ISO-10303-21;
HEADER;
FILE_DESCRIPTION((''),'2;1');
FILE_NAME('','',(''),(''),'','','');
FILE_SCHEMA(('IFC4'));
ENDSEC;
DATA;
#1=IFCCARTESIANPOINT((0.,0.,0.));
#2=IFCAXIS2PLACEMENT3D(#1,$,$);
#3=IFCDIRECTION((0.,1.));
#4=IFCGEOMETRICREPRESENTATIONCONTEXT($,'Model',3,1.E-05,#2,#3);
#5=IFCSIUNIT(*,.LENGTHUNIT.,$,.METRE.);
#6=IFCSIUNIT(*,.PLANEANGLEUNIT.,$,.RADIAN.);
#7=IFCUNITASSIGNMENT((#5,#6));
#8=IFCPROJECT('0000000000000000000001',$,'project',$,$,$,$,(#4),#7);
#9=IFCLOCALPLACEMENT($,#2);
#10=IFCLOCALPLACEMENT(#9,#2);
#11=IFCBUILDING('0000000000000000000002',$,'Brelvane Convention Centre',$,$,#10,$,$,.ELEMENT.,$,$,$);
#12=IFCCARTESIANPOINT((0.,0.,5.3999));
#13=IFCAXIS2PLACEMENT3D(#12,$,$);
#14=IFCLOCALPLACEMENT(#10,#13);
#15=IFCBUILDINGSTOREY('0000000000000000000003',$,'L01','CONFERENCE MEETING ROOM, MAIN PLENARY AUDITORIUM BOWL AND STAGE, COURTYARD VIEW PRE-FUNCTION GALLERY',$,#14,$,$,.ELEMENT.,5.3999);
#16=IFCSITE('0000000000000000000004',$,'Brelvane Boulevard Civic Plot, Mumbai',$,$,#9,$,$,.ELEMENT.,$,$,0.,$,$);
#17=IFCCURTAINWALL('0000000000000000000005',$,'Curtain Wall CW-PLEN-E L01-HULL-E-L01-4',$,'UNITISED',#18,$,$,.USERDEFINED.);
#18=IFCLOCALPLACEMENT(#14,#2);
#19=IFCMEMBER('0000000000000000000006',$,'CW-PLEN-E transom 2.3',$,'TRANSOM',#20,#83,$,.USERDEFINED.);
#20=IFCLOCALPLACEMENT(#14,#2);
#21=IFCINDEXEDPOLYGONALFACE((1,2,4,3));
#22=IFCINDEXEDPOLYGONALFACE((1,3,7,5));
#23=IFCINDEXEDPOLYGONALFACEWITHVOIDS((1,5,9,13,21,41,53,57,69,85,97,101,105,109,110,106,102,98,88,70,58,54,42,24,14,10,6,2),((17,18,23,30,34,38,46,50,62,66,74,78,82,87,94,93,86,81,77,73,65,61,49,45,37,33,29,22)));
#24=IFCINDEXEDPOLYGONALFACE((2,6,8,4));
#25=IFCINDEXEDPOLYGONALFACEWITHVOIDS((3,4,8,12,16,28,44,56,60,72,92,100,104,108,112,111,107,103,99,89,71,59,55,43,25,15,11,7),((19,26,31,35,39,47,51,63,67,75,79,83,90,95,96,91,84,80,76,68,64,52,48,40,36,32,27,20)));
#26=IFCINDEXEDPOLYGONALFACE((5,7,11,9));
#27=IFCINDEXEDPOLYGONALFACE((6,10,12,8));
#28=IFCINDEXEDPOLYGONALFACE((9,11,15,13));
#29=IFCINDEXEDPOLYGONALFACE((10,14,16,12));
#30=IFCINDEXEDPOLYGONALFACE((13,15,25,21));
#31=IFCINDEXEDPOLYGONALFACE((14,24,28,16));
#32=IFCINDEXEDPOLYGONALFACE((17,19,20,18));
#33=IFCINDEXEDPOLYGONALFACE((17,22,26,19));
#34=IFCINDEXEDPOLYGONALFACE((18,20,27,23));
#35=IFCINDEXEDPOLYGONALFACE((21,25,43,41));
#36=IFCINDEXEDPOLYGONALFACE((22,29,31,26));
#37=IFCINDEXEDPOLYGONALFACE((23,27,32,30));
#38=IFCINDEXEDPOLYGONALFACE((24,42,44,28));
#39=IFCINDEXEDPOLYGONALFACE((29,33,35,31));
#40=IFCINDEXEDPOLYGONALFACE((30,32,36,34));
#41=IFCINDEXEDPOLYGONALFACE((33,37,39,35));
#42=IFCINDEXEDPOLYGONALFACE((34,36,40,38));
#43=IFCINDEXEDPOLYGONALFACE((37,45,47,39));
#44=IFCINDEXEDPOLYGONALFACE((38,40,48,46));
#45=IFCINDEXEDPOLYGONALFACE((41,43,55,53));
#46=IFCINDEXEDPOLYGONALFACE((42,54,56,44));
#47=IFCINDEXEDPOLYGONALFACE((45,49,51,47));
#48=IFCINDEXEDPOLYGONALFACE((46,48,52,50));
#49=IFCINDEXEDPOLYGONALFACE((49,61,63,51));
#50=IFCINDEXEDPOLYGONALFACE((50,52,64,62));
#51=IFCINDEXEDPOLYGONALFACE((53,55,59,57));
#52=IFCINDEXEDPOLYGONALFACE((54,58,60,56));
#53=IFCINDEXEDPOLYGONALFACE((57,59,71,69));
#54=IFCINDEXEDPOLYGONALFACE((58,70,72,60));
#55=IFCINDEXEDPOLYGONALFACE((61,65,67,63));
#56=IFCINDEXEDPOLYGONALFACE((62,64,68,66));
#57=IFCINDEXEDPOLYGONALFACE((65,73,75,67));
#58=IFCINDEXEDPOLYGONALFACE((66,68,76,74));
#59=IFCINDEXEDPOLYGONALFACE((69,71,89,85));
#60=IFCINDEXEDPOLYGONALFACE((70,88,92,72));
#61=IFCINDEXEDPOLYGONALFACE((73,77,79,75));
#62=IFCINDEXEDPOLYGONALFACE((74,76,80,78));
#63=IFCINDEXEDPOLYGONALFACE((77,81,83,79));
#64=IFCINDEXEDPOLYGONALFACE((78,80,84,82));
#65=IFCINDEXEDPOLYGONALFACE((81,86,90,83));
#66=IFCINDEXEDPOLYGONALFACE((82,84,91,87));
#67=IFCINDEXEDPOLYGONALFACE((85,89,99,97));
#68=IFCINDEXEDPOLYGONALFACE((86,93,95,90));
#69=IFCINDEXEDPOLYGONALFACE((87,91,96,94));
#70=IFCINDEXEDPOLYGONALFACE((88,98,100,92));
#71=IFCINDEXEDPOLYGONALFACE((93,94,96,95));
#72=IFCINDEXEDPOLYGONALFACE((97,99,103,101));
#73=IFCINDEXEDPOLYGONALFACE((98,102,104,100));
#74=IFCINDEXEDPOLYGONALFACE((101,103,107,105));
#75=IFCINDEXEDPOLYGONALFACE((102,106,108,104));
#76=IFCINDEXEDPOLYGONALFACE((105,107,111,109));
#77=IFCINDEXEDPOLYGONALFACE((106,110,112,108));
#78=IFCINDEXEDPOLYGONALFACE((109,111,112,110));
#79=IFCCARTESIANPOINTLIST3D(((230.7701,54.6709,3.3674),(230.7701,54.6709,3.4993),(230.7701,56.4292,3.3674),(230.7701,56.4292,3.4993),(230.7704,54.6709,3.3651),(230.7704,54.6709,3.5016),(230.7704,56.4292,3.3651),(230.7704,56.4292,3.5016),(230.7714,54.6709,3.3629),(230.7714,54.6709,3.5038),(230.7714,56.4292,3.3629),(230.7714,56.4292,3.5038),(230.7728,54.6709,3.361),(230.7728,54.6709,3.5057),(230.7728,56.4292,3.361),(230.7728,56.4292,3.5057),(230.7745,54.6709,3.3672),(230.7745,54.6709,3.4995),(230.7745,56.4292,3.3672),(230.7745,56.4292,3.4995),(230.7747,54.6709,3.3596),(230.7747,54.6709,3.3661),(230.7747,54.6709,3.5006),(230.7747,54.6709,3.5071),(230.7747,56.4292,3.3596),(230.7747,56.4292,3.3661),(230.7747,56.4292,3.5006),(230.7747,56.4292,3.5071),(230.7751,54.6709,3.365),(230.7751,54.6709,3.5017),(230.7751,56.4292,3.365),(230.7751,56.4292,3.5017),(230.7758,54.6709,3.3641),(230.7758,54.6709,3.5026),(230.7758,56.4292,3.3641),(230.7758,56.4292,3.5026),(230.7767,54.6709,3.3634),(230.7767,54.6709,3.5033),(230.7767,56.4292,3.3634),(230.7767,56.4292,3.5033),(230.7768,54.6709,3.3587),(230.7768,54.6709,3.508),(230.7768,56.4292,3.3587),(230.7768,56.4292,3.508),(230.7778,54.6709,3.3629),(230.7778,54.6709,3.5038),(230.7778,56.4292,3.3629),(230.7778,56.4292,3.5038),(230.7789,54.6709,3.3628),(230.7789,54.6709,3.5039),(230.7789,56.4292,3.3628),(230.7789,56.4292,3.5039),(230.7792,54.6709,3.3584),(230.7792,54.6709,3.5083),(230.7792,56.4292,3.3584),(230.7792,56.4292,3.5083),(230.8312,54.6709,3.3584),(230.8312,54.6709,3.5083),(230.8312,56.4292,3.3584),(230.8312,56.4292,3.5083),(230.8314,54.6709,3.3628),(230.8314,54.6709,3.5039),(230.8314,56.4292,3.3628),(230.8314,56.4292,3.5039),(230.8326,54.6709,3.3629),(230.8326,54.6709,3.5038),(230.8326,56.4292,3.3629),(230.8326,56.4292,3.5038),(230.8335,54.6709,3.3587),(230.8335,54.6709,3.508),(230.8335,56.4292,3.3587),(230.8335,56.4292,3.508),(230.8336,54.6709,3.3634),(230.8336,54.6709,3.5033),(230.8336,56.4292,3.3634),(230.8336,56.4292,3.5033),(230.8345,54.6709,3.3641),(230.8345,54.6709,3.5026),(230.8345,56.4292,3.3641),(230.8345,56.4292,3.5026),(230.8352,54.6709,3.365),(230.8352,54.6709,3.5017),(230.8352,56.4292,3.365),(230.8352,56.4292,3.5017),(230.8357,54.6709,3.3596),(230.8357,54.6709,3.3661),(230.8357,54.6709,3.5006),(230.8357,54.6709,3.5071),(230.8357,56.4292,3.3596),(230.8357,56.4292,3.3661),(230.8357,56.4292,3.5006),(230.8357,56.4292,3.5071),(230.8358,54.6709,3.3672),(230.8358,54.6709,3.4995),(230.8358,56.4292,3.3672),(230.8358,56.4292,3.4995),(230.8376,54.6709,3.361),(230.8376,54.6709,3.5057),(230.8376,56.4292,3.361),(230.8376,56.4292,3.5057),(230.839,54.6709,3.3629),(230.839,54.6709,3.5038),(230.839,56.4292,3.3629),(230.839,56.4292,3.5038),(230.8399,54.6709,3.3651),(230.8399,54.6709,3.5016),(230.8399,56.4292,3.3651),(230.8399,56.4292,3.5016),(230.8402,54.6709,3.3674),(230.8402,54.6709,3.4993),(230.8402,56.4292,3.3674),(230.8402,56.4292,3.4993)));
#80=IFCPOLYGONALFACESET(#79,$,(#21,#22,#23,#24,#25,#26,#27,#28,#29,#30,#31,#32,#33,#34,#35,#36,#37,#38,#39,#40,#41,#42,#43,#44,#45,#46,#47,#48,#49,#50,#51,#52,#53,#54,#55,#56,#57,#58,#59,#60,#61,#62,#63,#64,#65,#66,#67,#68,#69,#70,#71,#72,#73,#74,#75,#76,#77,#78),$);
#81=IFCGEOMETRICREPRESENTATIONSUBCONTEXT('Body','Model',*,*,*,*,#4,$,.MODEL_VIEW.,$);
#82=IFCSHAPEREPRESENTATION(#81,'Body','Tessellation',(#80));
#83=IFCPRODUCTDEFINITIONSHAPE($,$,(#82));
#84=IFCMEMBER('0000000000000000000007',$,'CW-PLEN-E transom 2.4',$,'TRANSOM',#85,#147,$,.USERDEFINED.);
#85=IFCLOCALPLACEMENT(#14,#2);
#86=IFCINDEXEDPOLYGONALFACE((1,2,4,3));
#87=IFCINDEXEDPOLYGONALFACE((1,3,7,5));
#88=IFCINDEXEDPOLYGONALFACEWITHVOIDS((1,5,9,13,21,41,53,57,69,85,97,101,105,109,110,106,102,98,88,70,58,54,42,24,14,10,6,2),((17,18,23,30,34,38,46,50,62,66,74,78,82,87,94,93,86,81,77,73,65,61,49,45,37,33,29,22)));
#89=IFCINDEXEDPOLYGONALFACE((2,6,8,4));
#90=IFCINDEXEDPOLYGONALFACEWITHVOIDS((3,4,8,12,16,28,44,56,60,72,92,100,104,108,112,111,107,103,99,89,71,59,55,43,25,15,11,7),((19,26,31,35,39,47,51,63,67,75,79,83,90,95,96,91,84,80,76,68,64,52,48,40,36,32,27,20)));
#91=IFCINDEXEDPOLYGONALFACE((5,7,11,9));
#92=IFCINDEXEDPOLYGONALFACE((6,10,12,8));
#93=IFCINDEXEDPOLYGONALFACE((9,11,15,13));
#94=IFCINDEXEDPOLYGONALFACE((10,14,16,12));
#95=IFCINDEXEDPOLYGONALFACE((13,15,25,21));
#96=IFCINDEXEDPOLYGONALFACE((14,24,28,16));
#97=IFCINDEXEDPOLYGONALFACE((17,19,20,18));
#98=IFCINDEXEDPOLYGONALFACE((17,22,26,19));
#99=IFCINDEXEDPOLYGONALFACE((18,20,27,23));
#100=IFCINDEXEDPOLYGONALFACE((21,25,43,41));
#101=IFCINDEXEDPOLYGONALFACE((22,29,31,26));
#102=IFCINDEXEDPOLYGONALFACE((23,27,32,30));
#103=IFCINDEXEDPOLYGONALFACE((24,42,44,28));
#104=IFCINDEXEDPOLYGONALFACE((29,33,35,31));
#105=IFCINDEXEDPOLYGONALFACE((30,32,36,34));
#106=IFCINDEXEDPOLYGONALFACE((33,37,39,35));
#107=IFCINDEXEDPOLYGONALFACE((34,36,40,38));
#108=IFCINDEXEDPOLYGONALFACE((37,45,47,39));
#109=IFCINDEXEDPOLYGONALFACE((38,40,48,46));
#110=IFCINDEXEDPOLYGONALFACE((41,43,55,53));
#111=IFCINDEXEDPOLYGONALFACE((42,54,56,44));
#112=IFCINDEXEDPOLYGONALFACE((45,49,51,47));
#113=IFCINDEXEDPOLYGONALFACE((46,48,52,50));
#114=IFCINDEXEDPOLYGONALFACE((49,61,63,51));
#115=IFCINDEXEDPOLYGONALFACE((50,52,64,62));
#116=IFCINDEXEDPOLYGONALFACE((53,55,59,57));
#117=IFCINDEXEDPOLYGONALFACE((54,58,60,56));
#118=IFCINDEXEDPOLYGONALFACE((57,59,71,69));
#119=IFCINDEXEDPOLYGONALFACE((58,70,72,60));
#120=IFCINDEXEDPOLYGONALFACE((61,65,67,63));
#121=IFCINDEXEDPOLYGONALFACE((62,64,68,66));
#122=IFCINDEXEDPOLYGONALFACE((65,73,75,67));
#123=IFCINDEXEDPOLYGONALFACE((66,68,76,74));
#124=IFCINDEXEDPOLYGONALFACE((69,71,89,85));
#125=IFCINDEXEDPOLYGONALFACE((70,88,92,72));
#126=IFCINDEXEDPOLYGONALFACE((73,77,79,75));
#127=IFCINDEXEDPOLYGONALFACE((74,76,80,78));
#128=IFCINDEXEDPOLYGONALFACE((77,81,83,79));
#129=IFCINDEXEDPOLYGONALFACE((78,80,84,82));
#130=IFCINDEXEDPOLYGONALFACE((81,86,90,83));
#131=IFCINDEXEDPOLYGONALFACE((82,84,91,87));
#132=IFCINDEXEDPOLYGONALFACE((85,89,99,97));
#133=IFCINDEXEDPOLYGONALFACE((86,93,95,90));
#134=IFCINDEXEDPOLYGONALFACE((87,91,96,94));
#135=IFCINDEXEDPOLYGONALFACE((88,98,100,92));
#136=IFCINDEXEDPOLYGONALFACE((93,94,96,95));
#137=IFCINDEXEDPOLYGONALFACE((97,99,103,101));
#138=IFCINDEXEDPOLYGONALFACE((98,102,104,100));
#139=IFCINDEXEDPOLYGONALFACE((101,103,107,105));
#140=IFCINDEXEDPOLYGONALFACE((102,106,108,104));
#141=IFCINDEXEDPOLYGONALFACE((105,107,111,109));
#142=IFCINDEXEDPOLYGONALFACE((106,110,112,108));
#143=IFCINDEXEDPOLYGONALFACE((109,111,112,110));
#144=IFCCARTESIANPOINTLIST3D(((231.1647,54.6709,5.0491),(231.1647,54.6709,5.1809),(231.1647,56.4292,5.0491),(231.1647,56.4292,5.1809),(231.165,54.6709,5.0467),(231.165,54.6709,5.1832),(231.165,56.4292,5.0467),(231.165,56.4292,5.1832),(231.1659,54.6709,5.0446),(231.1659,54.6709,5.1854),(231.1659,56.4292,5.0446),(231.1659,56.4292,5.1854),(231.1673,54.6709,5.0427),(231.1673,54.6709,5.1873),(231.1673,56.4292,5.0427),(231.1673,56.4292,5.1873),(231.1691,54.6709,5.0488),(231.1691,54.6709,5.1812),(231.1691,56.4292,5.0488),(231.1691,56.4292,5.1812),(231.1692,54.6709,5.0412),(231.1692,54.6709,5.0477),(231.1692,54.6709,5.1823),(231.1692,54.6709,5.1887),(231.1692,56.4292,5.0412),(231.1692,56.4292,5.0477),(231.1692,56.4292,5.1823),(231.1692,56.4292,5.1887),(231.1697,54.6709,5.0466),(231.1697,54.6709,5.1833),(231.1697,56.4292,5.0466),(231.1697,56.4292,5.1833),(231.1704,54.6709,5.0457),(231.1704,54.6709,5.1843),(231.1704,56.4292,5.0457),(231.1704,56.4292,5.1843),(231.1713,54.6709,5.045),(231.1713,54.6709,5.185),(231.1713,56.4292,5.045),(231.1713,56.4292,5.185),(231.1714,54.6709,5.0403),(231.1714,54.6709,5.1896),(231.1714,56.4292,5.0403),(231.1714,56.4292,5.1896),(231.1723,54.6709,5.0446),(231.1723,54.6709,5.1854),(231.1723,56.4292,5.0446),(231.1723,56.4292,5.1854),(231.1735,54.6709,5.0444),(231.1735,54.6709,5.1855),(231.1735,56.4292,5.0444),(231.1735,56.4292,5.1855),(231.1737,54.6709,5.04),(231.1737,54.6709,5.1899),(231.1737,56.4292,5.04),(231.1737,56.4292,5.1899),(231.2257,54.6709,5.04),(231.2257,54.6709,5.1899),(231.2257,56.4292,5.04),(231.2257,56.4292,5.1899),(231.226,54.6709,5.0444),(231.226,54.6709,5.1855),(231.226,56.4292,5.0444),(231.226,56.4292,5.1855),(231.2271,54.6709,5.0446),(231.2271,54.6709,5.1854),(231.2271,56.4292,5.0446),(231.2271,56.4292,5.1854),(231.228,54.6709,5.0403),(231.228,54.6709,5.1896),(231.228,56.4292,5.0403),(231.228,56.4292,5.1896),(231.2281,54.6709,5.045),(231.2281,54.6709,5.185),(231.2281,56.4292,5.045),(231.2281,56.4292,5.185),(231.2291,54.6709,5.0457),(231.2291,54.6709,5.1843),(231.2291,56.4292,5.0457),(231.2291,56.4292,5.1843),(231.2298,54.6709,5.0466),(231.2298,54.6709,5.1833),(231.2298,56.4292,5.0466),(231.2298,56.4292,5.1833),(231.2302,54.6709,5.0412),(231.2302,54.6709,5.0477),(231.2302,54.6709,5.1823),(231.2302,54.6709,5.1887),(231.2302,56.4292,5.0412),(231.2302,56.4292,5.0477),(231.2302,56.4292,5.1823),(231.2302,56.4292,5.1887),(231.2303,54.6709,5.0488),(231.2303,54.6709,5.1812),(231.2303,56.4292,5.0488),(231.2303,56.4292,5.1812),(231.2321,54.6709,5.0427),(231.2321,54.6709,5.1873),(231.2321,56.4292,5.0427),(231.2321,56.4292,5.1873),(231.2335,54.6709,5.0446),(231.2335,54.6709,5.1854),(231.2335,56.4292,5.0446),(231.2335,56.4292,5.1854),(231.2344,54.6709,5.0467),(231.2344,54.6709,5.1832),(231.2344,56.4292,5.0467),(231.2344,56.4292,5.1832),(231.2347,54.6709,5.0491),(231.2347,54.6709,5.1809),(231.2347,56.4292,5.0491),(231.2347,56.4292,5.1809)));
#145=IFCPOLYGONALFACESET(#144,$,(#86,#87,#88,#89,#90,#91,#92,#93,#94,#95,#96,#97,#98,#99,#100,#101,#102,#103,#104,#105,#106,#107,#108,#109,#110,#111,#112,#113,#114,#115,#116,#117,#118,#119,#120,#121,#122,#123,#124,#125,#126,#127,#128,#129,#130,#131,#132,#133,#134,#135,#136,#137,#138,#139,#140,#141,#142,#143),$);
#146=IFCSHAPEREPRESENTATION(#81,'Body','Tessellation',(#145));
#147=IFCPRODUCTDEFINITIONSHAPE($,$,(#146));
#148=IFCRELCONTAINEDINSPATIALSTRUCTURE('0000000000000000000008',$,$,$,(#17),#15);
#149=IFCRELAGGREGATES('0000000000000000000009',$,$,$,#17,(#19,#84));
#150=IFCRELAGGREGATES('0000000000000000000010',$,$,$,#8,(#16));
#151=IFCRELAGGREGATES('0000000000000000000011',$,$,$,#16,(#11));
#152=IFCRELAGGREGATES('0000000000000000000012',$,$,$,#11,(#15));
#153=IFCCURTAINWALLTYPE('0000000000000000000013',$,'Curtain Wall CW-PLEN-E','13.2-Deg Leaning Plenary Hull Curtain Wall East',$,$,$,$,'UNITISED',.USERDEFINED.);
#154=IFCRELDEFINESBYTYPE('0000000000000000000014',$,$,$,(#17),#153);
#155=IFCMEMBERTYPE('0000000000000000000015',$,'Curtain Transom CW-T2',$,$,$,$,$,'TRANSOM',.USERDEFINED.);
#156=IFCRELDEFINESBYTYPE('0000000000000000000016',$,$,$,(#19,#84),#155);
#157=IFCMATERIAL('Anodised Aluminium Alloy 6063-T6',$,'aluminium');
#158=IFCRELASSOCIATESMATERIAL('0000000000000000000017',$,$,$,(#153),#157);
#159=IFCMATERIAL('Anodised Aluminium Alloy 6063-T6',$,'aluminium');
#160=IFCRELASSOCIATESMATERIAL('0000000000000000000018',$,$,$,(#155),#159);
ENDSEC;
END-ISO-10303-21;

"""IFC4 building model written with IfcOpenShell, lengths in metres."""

from ifc_helpers import new_model, si_unit, direction, frame, origin, origin_2d, place, context, subcontext, project, spatial, hollow_rectangle, extrude, material, material_profile, profile_set, type_object, element, aggregate, save


model = new_model("IFC4")

# Units and contexts
model_context = context("Model", 3, precision=1e-05, world=origin(), true_north=direction((0.0, 1.0)))
body_context = subcontext(model_context, "Body", "Model", "MODEL_VIEW")
ifc_project = project(units=[si_unit("LENGTHUNIT", "METRE"), si_unit("PLANEANGLEUNIT", "RADIAN")], contexts=[model_context])

# Site, building, storey
site_placement = place(None, origin())
site = spatial("IfcSite", under=ifc_project, at=site_placement, Name="Brelvane Boulevard Civic Plot, Mumbai", CompositionType="ELEMENT", RefElevation=0.0)
building_placement = place(site_placement, origin())
building = spatial("IfcBuilding", under=site, at=building_placement, Name="Brelvane Convention Centre", CompositionType="ELEMENT")
storey_placement = place(building_placement, frame((0.0, 0.0, 5.3999)))
storey = spatial("IfcBuildingStorey", under=building, at=storey_placement, Name="L01", Description="CONFERENCE MEETING ROOM, MAIN PLENARY AUDITORIUM BOWL AND STAGE, COURTYARD VIEW PRE-FUNCTION GALLERY", CompositionType="ELEMENT", Elevation=5.3999)

# Curtain wall, members
ifc_material_1 = material(Name="Anodised Aluminium Alloy 6063-T6", Category="aluminium")
curtain_wall_type = type_object("IfcCurtainWallType", Name="Curtain Wall CW-PLEN-E", Description="13.2-Deg Leaning Plenary Hull Curtain Wall East", ElementType="UNITISED", PredefinedType="USERDEFINED", material=ifc_material_1)
curtain_wall_1_placement = place(storey_placement, origin())
curtain_wall_1 = element("IfcCurtainWall", 1, at=curtain_wall_1_placement, inside=storey, type_object=curtain_wall_type, Name="Curtain Wall CW-PLEN-E L01-HULL-E-L01-4", ObjectType="UNITISED", PredefinedType="USERDEFINED")
ifc_material_2 = material(Name="Anodised Aluminium Alloy 6063-T6", Category="aluminium")
ifc_material_profile = material_profile(ifc_material_2, hollow_rectangle(XDim=0.0701, YDim=0.1499, WallThickness=0.0044, InnerFilletRadius=0.0044, OuterFilletRadius=0.009, at=origin_2d()), Name="ALU-T 150x70x4.5")
ifc_profile_set = profile_set([ifc_material_profile], Name="Anodised Aluminium Alloy 6063-T6")
member_type = type_object("IfcMemberType", Name="Curtain Transom CW-T2", ElementType="TRANSOM", PredefinedType="USERDEFINED", material=ifc_profile_set)
member_1_placement = place(storey_placement, frame((230.8052, 54.6709, 3.4333), z_axis=(0.0, 1.0, 0.0), x_axis=(-1.0, 0.0, 0.0)))
member_1 = element("IfcMember", 2, at=member_1_placement, type_object=member_type, Name="CW-PLEN-E transom 2.3", ObjectType="TRANSOM", PredefinedType="USERDEFINED", context=body_context, shape_type="SweptSolid", body=[
    extrude(hollow_rectangle(XDim=0.0701, YDim=0.1499, WallThickness=0.0044, InnerFilletRadius=0.0044, OuterFilletRadius=0.009, at=origin_2d()), origin(), (0.0, 0.0, 1.0), 1.7583),
])
member_2_placement = place(storey_placement, frame((231.1997, 54.6709, 5.115), z_axis=(0.0, 1.0, 0.0), x_axis=(-1.0, 0.0, 0.0)))
member_2 = element("IfcMember", 3, at=member_2_placement, type_object=member_type, Name="CW-PLEN-E transom 2.4", ObjectType="TRANSOM", PredefinedType="USERDEFINED", context=body_context, shape_type="SweptSolid", body=[
    extrude(hollow_rectangle(XDim=0.0701, YDim=0.1499, WallThickness=0.0044, InnerFilletRadius=0.0044, OuterFilletRadius=0.009, at=origin_2d()), origin(), (0.0, 0.0, 1.0), 1.7583),
])
aggregate(curtain_wall_1, [member_1, member_2])

save(model, "model.ifc")
